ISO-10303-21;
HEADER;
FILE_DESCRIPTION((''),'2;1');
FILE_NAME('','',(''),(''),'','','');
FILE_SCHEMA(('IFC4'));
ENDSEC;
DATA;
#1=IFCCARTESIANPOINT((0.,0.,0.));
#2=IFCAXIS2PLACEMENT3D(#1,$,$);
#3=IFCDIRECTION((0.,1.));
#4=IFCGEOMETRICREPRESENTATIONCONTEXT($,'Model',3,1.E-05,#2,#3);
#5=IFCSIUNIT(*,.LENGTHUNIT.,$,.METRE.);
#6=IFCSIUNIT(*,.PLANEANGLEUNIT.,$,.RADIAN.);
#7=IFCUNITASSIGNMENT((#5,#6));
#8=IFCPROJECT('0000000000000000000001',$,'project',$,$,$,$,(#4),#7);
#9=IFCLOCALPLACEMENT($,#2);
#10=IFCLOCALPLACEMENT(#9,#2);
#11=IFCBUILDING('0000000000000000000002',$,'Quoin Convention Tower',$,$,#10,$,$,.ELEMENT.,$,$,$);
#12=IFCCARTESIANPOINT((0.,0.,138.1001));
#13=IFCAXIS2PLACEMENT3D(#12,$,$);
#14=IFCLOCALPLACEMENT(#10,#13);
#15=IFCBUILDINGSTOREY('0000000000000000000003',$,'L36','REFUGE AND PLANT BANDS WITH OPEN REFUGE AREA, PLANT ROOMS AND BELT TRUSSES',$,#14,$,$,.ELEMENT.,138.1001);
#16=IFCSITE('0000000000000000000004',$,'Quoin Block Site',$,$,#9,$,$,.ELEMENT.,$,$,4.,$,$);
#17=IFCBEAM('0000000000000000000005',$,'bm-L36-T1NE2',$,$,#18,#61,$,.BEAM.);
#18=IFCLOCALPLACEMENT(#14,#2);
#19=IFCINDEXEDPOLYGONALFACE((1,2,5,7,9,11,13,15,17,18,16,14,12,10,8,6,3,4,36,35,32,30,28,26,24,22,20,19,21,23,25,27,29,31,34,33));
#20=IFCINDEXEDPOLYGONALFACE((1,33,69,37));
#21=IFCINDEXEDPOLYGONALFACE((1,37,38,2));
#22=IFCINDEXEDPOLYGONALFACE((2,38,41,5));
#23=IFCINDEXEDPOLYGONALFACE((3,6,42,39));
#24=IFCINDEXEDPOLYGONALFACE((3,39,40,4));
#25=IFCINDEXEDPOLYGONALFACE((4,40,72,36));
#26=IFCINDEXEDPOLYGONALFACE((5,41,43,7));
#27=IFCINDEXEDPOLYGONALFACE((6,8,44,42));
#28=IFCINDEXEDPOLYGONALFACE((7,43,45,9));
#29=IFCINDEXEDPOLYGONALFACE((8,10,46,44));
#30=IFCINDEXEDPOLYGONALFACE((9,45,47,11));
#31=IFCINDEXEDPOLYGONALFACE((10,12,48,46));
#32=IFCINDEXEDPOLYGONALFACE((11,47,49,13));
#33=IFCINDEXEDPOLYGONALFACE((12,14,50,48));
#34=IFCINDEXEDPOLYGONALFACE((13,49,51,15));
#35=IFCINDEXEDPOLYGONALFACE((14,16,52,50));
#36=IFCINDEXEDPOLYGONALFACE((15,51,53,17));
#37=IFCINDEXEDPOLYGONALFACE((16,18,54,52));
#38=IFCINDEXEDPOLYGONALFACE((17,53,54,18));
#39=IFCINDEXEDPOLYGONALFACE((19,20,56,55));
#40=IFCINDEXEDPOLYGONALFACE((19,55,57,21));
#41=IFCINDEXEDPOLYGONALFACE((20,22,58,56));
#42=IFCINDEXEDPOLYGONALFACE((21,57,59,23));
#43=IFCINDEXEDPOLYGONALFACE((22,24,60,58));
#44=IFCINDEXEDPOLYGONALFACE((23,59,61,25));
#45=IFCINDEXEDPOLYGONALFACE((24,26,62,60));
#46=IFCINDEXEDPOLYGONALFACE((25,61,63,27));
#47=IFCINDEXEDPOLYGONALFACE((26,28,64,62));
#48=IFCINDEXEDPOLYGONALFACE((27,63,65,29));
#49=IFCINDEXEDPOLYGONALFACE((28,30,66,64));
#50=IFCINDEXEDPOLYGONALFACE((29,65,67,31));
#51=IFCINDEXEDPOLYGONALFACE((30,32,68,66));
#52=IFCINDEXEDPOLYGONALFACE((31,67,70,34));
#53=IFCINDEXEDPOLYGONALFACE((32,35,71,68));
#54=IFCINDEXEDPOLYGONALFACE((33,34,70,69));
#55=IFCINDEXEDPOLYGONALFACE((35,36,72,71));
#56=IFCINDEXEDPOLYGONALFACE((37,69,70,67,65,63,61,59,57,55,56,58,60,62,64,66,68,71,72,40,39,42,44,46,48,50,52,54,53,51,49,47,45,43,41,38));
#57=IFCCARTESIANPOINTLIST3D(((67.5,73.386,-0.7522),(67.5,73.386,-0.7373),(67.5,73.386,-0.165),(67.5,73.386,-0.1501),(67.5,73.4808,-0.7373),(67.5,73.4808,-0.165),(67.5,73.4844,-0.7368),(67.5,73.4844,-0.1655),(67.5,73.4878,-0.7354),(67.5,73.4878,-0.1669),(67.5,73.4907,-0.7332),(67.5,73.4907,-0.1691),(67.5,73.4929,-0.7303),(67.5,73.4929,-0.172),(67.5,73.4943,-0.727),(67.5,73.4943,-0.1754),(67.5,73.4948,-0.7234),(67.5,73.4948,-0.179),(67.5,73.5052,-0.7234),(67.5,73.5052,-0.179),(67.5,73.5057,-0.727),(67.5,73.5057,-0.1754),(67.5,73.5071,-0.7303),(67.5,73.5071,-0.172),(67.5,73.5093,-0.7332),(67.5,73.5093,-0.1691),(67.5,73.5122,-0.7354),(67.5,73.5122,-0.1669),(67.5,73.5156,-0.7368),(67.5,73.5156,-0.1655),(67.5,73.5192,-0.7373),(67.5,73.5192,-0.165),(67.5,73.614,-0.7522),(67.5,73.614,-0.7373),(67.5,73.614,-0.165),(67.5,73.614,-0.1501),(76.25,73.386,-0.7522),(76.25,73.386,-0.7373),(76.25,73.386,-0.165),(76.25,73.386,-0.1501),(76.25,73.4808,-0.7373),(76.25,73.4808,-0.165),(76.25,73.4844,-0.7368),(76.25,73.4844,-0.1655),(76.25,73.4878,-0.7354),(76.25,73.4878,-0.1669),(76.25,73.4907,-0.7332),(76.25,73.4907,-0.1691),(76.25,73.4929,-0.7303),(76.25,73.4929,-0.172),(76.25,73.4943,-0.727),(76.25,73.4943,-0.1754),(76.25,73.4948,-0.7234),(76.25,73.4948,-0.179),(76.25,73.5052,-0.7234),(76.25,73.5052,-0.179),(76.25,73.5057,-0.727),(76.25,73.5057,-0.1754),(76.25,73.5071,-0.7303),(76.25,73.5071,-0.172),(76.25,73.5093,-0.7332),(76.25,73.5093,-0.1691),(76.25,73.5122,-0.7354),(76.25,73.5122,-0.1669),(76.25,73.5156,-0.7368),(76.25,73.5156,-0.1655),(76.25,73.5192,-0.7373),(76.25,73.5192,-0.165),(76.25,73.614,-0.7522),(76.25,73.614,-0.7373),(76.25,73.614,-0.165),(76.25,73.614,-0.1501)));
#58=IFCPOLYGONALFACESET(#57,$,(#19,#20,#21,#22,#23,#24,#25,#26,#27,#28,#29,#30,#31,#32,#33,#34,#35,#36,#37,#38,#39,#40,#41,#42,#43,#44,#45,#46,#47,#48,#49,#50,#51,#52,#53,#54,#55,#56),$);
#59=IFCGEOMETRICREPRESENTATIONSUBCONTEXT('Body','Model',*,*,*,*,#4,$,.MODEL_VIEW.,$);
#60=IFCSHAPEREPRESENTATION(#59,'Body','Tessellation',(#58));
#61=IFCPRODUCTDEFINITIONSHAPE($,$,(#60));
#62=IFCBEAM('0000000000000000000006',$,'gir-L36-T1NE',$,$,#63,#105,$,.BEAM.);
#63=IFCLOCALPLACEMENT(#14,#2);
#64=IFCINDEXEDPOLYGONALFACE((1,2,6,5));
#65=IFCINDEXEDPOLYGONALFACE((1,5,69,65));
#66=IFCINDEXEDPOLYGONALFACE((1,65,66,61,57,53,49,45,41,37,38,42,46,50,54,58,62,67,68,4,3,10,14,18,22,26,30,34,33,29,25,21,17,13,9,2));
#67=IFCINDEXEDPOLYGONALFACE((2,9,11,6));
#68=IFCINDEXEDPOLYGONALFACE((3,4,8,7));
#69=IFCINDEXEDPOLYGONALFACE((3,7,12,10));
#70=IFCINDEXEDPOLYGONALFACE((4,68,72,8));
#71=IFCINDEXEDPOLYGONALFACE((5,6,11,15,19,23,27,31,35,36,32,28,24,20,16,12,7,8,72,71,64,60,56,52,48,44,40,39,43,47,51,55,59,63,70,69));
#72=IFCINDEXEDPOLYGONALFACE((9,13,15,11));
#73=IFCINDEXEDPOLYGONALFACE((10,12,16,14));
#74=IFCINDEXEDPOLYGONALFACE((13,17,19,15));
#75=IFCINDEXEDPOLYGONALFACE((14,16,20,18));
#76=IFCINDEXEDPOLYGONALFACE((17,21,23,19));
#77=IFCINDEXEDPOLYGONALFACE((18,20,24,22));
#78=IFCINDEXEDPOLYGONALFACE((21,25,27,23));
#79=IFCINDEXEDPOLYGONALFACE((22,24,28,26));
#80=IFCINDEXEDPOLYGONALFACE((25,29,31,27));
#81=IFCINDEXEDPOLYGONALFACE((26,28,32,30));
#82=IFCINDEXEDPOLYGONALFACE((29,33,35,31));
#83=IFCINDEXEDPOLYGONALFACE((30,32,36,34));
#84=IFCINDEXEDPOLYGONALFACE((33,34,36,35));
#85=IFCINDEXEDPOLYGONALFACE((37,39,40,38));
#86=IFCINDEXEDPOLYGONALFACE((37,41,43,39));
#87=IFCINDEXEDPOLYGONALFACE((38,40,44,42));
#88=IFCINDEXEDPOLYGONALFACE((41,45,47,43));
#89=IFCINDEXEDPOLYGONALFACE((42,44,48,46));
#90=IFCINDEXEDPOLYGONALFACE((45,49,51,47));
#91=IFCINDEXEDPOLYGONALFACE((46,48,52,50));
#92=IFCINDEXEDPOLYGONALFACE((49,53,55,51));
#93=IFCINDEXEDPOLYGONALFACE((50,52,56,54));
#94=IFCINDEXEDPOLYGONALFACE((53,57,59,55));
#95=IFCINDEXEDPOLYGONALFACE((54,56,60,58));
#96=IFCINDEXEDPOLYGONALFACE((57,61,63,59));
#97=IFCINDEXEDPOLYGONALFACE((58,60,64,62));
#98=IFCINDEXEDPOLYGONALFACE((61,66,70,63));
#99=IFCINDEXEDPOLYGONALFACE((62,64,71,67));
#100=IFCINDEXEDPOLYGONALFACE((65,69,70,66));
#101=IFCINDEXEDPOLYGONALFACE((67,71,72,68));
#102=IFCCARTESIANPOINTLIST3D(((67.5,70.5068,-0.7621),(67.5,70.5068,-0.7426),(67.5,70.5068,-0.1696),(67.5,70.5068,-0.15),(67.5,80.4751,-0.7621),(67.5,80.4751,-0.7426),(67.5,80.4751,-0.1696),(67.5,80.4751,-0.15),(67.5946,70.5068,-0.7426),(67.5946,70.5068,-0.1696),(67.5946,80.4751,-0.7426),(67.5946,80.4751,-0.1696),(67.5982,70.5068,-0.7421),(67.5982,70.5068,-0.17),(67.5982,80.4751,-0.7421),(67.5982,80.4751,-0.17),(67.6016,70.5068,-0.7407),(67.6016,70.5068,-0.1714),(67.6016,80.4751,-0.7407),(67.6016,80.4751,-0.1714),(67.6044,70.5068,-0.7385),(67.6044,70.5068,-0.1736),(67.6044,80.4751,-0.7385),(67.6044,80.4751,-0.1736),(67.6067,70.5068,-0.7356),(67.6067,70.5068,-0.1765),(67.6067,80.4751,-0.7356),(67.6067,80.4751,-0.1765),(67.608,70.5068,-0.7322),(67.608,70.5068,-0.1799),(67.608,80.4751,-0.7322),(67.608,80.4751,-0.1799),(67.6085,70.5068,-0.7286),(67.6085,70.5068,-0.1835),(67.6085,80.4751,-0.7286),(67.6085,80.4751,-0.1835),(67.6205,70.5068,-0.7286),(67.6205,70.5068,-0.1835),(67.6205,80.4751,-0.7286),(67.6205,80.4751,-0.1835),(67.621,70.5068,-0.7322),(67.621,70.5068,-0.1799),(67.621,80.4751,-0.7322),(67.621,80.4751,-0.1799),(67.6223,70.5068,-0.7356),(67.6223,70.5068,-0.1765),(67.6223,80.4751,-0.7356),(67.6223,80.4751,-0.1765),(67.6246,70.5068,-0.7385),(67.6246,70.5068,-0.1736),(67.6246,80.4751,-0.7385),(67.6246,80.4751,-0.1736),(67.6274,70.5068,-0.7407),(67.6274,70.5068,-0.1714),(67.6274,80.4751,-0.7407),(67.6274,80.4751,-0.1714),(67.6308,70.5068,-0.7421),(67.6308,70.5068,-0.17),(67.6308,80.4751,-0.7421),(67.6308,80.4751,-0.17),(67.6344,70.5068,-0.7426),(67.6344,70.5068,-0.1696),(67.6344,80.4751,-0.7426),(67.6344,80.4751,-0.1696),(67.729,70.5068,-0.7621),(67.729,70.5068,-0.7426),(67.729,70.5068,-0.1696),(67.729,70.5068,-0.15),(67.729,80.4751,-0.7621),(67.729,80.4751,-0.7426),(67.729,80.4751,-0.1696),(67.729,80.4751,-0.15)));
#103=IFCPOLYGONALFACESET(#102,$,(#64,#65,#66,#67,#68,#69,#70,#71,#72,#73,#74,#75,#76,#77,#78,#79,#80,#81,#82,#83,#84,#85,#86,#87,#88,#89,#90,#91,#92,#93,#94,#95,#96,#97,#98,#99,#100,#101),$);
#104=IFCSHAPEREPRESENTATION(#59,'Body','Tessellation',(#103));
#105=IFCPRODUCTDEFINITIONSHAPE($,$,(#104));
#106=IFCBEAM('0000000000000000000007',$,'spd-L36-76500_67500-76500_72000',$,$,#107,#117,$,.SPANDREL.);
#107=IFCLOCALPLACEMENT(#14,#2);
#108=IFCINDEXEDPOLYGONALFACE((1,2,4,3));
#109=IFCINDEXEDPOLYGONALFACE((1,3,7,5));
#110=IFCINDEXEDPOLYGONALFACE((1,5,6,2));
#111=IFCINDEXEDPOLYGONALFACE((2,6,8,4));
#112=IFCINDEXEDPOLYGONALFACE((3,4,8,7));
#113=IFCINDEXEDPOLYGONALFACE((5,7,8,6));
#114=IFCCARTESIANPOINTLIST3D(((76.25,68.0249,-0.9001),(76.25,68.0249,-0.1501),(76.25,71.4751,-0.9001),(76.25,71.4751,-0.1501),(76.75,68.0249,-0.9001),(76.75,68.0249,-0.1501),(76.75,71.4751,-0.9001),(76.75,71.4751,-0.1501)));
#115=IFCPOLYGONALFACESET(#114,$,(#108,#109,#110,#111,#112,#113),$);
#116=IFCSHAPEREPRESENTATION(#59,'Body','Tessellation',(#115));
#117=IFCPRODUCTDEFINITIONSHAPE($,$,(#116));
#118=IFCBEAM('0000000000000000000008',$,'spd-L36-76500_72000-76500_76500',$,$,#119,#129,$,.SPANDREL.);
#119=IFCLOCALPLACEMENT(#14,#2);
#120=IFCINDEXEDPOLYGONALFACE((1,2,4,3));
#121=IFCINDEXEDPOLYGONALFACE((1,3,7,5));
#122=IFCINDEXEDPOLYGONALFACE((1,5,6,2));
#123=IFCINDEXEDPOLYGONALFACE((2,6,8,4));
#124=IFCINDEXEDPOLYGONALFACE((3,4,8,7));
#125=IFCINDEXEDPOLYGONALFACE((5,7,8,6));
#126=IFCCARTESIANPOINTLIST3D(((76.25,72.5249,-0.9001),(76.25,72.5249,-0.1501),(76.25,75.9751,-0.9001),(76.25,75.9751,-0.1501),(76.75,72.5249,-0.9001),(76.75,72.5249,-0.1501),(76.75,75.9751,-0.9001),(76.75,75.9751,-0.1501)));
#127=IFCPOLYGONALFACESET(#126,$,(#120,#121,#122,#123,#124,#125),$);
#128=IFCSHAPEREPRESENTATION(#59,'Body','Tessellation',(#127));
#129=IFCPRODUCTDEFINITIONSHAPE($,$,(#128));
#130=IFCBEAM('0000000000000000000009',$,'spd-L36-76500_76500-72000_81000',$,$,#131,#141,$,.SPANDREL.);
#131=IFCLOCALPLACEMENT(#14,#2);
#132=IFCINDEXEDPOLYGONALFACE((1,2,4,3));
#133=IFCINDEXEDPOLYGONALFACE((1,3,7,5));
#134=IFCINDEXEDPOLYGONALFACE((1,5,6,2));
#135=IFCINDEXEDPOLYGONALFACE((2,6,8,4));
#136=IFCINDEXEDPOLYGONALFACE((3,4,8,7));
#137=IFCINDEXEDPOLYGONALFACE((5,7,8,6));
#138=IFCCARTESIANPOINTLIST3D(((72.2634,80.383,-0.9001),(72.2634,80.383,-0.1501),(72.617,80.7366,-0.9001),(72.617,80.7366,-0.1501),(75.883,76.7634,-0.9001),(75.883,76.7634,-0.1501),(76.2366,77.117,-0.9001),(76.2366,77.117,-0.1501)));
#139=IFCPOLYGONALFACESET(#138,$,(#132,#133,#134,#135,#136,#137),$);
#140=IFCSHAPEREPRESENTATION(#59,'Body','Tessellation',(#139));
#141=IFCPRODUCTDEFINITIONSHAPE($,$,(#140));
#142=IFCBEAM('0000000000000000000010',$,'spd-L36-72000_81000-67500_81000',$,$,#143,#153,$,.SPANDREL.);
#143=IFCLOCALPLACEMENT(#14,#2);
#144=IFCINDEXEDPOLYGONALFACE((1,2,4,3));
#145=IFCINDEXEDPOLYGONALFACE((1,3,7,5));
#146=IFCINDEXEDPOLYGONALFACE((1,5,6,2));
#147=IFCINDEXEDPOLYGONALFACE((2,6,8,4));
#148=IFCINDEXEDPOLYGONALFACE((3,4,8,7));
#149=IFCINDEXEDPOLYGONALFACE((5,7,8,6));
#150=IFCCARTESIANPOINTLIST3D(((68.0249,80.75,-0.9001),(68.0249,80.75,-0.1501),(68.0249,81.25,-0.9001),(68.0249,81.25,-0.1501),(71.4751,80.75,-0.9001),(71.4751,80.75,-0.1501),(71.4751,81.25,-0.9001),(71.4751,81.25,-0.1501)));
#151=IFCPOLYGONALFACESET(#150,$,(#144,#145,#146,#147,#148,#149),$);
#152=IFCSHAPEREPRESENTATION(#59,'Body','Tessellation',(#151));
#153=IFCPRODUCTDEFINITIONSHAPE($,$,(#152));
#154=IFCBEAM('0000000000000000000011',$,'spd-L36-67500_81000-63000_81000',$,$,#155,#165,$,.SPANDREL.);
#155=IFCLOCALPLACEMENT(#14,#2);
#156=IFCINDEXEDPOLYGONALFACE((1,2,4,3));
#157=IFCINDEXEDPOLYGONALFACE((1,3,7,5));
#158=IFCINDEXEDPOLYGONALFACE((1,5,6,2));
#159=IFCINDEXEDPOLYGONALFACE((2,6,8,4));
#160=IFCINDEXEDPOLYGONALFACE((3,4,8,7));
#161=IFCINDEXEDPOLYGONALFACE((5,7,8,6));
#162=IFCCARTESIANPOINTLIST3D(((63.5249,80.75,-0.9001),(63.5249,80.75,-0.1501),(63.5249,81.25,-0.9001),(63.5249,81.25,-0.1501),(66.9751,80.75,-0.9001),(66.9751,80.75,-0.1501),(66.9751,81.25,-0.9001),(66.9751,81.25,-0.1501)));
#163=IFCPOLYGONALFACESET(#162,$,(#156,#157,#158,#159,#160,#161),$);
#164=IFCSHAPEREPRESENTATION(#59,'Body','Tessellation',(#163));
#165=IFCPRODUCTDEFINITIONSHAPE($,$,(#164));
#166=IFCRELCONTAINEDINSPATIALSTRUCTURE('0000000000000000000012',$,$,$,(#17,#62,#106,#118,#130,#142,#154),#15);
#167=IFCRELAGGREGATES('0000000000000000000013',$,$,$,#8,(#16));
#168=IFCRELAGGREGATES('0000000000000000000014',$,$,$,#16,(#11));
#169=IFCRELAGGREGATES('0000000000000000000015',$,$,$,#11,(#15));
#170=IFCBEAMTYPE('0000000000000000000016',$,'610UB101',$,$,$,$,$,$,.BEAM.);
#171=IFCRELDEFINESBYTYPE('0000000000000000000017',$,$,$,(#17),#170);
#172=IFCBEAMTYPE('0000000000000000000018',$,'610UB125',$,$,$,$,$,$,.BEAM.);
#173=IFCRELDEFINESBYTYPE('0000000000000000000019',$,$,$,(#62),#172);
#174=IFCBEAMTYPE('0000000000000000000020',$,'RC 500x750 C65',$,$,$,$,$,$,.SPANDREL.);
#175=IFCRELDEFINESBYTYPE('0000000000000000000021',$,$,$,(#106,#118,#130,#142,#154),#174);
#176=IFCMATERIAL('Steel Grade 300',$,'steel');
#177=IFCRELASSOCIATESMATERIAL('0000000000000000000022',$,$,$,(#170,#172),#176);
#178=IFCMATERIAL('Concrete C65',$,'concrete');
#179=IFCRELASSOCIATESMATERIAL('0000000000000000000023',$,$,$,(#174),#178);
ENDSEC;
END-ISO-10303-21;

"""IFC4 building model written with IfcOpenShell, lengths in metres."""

from ifc_helpers import new_model, si_unit, direction, frame, origin, origin_2d, place, context, subcontext, project, spatial, rectangle, i_section, extrude, material, material_profile, profile_set, type_object, element, save


model = new_model("IFC4")

# Units and contexts
model_context = context("Model", 3, precision=1e-05, world=origin(), true_north=direction((0.0, 1.0)))
body_context = subcontext(model_context, "Body", "Model", "MODEL_VIEW")
ifc_project = project(units=[si_unit("LENGTHUNIT", "METRE"), si_unit("PLANEANGLEUNIT", "RADIAN")], contexts=[model_context])

# Site, building, storey
site_placement = place(None, origin())
site = spatial("IfcSite", under=ifc_project, at=site_placement, Name="Quoin Block Site", CompositionType="ELEMENT", RefElevation=4.0)
building_placement = place(site_placement, origin())
building = spatial("IfcBuilding", under=site, at=building_placement, Name="Quoin Convention Tower", CompositionType="ELEMENT")
storey_placement = place(building_placement, frame((0.0, 0.0, 138.1001)))
storey = spatial("IfcBuildingStorey", under=building, at=storey_placement, Name="L36", Description="REFUGE AND PLANT BANDS WITH OPEN REFUGE AREA, PLANT ROOMS AND BELT TRUSSES", CompositionType="ELEMENT", Elevation=138.1001)

# Shared definitions
ifc_material_1 = material(Name="Concrete C65", Category="concrete")

# Shared definitions
ifc_material_2 = material(Name="Steel Grade 300", Category="steel")

# Beams
ifc_material_profile_1 = material_profile(ifc_material_2, i_section(OverallWidth=0.228, OverallDepth=0.6021, WebThickness=0.0105, FlangeThickness=0.0149, FilletRadius=0.0139, at=origin_2d()), Name="610UB101")
ifc_profile_set_1 = profile_set([ifc_material_profile_1], Name="Steel Grade 300")
beam_type_1 = type_object("IfcBeamType", Name="610UB101", PredefinedType="BEAM", material=ifc_profile_set_1)
beam_1_placement = place(storey_placement, frame((67.5, 73.5, -0.4512), z_axis=(1.0, 0.0, 0.0), x_axis=(0.0, 1.0, 0.0)))
element("IfcBeam", 1, at=beam_1_placement, inside=storey, type_object=beam_type_1, Name="bm-L36-T1NE2", PredefinedType="BEAM", context=body_context, shape_type="SweptSolid", body=[
    extrude(i_section(OverallWidth=0.228, OverallDepth=0.6021, WebThickness=0.0105, FlangeThickness=0.0149, FilletRadius=0.0139, at=origin_2d()), origin(), (0.0, 0.0, 1.0), 8.75),
])
ifc_material_profile_2 = material_profile(ifc_material_2, i_section(OverallWidth=0.229, OverallDepth=0.6121, WebThickness=0.012, FlangeThickness=0.0195, FilletRadius=0.0139, at=origin_2d()), Name="610UB125")
ifc_profile_set_2 = profile_set([ifc_material_profile_2], Name="Steel Grade 300")
beam_type_2 = type_object("IfcBeamType", Name="610UB125", PredefinedType="BEAM", material=ifc_profile_set_2)
beam_2_placement = place(storey_placement, frame((67.6145, 80.4751, -0.4561), z_axis=(0.0, -1.0, 0.0), x_axis=(1.0, 0.0, 0.0)))
element("IfcBeam", 2, at=beam_2_placement, inside=storey, type_object=beam_type_2, Name="gir-L36-T1NE", PredefinedType="BEAM", context=body_context, shape_type="SweptSolid", body=[
    extrude(i_section(OverallWidth=0.229, OverallDepth=0.6121, WebThickness=0.012, FlangeThickness=0.0195, FilletRadius=0.0139, at=origin_2d()), origin(), (0.0, 0.0, 1.0), 9.9683),
])
ifc_material_profile_3 = material_profile(ifc_material_1, rectangle(XDim=0.5, YDim=0.75, at=origin_2d()), Name="RC 500x750")
ifc_profile_set_3 = profile_set([ifc_material_profile_3], Name="Concrete C65")
beam_type_3 = type_object("IfcBeamType", Name="RC 500x750 C65", PredefinedType="SPANDREL", material=ifc_profile_set_3)
for number, where, z_axis, x_axis, name in (
    (3, (76.5, 68.0249, -0.5251), (0.0, 1.0, 0.0), (-1.0, 0.0, 0.0), "spd-L36-76500_67500-76500_72000"),
    (4, (76.5, 72.5249, -0.5251), (0.0, 1.0, 0.0), (-1.0, 0.0, 0.0), "spd-L36-76500_72000-76500_76500"),
):
    element("IfcBeam", number, at=place(storey_placement, frame(where, z_axis=z_axis, x_axis=x_axis)), inside=storey, type_object=beam_type_3, Name=name, PredefinedType="SPANDREL", context=body_context, shape_type="SweptSolid", body=[
        extrude(rectangle(XDim=0.5, YDim=0.75, at=origin_2d()), origin(), (0.0, 0.0, 1.0), 3.4502),
    ])
beam_3_placement = place(storey_placement, frame((76.0598, 76.9402, -0.5251), z_axis=(-0.707107, 0.707107, 0.0), x_axis=(-0.707107, -0.707107, 0.0)))
element("IfcBeam", 5, at=beam_3_placement, inside=storey, type_object=beam_type_3, Name="spd-L36-76500_76500-72000_81000", PredefinedType="SPANDREL", context=body_context, shape_type="SweptSolid", body=[
    extrude(rectangle(XDim=0.5, YDim=0.75, at=origin_2d()), origin(), (0.0, 0.0, 1.0), 5.1189),
])
for number, where, z_axis, x_axis, name in (
    (6, (71.4751, 81.0, -0.5251), (-1.0, 0.0, 0.0), (0.0, -1.0, 0.0), "spd-L36-72000_81000-67500_81000"),
    (7, (66.9751, 81.0, -0.5251), (-1.0, 0.0, 0.0), (0.0, -1.0, 0.0), "spd-L36-67500_81000-63000_81000"),
):
    element("IfcBeam", number, at=place(storey_placement, frame(where, z_axis=z_axis, x_axis=x_axis)), inside=storey, type_object=beam_type_3, Name=name, PredefinedType="SPANDREL", context=body_context, shape_type="SweptSolid", body=[
        extrude(rectangle(XDim=0.5, YDim=0.75, at=origin_2d()), origin(), (0.0, 0.0, 1.0), 3.4502),
    ])

save(model, "model.ifc")
